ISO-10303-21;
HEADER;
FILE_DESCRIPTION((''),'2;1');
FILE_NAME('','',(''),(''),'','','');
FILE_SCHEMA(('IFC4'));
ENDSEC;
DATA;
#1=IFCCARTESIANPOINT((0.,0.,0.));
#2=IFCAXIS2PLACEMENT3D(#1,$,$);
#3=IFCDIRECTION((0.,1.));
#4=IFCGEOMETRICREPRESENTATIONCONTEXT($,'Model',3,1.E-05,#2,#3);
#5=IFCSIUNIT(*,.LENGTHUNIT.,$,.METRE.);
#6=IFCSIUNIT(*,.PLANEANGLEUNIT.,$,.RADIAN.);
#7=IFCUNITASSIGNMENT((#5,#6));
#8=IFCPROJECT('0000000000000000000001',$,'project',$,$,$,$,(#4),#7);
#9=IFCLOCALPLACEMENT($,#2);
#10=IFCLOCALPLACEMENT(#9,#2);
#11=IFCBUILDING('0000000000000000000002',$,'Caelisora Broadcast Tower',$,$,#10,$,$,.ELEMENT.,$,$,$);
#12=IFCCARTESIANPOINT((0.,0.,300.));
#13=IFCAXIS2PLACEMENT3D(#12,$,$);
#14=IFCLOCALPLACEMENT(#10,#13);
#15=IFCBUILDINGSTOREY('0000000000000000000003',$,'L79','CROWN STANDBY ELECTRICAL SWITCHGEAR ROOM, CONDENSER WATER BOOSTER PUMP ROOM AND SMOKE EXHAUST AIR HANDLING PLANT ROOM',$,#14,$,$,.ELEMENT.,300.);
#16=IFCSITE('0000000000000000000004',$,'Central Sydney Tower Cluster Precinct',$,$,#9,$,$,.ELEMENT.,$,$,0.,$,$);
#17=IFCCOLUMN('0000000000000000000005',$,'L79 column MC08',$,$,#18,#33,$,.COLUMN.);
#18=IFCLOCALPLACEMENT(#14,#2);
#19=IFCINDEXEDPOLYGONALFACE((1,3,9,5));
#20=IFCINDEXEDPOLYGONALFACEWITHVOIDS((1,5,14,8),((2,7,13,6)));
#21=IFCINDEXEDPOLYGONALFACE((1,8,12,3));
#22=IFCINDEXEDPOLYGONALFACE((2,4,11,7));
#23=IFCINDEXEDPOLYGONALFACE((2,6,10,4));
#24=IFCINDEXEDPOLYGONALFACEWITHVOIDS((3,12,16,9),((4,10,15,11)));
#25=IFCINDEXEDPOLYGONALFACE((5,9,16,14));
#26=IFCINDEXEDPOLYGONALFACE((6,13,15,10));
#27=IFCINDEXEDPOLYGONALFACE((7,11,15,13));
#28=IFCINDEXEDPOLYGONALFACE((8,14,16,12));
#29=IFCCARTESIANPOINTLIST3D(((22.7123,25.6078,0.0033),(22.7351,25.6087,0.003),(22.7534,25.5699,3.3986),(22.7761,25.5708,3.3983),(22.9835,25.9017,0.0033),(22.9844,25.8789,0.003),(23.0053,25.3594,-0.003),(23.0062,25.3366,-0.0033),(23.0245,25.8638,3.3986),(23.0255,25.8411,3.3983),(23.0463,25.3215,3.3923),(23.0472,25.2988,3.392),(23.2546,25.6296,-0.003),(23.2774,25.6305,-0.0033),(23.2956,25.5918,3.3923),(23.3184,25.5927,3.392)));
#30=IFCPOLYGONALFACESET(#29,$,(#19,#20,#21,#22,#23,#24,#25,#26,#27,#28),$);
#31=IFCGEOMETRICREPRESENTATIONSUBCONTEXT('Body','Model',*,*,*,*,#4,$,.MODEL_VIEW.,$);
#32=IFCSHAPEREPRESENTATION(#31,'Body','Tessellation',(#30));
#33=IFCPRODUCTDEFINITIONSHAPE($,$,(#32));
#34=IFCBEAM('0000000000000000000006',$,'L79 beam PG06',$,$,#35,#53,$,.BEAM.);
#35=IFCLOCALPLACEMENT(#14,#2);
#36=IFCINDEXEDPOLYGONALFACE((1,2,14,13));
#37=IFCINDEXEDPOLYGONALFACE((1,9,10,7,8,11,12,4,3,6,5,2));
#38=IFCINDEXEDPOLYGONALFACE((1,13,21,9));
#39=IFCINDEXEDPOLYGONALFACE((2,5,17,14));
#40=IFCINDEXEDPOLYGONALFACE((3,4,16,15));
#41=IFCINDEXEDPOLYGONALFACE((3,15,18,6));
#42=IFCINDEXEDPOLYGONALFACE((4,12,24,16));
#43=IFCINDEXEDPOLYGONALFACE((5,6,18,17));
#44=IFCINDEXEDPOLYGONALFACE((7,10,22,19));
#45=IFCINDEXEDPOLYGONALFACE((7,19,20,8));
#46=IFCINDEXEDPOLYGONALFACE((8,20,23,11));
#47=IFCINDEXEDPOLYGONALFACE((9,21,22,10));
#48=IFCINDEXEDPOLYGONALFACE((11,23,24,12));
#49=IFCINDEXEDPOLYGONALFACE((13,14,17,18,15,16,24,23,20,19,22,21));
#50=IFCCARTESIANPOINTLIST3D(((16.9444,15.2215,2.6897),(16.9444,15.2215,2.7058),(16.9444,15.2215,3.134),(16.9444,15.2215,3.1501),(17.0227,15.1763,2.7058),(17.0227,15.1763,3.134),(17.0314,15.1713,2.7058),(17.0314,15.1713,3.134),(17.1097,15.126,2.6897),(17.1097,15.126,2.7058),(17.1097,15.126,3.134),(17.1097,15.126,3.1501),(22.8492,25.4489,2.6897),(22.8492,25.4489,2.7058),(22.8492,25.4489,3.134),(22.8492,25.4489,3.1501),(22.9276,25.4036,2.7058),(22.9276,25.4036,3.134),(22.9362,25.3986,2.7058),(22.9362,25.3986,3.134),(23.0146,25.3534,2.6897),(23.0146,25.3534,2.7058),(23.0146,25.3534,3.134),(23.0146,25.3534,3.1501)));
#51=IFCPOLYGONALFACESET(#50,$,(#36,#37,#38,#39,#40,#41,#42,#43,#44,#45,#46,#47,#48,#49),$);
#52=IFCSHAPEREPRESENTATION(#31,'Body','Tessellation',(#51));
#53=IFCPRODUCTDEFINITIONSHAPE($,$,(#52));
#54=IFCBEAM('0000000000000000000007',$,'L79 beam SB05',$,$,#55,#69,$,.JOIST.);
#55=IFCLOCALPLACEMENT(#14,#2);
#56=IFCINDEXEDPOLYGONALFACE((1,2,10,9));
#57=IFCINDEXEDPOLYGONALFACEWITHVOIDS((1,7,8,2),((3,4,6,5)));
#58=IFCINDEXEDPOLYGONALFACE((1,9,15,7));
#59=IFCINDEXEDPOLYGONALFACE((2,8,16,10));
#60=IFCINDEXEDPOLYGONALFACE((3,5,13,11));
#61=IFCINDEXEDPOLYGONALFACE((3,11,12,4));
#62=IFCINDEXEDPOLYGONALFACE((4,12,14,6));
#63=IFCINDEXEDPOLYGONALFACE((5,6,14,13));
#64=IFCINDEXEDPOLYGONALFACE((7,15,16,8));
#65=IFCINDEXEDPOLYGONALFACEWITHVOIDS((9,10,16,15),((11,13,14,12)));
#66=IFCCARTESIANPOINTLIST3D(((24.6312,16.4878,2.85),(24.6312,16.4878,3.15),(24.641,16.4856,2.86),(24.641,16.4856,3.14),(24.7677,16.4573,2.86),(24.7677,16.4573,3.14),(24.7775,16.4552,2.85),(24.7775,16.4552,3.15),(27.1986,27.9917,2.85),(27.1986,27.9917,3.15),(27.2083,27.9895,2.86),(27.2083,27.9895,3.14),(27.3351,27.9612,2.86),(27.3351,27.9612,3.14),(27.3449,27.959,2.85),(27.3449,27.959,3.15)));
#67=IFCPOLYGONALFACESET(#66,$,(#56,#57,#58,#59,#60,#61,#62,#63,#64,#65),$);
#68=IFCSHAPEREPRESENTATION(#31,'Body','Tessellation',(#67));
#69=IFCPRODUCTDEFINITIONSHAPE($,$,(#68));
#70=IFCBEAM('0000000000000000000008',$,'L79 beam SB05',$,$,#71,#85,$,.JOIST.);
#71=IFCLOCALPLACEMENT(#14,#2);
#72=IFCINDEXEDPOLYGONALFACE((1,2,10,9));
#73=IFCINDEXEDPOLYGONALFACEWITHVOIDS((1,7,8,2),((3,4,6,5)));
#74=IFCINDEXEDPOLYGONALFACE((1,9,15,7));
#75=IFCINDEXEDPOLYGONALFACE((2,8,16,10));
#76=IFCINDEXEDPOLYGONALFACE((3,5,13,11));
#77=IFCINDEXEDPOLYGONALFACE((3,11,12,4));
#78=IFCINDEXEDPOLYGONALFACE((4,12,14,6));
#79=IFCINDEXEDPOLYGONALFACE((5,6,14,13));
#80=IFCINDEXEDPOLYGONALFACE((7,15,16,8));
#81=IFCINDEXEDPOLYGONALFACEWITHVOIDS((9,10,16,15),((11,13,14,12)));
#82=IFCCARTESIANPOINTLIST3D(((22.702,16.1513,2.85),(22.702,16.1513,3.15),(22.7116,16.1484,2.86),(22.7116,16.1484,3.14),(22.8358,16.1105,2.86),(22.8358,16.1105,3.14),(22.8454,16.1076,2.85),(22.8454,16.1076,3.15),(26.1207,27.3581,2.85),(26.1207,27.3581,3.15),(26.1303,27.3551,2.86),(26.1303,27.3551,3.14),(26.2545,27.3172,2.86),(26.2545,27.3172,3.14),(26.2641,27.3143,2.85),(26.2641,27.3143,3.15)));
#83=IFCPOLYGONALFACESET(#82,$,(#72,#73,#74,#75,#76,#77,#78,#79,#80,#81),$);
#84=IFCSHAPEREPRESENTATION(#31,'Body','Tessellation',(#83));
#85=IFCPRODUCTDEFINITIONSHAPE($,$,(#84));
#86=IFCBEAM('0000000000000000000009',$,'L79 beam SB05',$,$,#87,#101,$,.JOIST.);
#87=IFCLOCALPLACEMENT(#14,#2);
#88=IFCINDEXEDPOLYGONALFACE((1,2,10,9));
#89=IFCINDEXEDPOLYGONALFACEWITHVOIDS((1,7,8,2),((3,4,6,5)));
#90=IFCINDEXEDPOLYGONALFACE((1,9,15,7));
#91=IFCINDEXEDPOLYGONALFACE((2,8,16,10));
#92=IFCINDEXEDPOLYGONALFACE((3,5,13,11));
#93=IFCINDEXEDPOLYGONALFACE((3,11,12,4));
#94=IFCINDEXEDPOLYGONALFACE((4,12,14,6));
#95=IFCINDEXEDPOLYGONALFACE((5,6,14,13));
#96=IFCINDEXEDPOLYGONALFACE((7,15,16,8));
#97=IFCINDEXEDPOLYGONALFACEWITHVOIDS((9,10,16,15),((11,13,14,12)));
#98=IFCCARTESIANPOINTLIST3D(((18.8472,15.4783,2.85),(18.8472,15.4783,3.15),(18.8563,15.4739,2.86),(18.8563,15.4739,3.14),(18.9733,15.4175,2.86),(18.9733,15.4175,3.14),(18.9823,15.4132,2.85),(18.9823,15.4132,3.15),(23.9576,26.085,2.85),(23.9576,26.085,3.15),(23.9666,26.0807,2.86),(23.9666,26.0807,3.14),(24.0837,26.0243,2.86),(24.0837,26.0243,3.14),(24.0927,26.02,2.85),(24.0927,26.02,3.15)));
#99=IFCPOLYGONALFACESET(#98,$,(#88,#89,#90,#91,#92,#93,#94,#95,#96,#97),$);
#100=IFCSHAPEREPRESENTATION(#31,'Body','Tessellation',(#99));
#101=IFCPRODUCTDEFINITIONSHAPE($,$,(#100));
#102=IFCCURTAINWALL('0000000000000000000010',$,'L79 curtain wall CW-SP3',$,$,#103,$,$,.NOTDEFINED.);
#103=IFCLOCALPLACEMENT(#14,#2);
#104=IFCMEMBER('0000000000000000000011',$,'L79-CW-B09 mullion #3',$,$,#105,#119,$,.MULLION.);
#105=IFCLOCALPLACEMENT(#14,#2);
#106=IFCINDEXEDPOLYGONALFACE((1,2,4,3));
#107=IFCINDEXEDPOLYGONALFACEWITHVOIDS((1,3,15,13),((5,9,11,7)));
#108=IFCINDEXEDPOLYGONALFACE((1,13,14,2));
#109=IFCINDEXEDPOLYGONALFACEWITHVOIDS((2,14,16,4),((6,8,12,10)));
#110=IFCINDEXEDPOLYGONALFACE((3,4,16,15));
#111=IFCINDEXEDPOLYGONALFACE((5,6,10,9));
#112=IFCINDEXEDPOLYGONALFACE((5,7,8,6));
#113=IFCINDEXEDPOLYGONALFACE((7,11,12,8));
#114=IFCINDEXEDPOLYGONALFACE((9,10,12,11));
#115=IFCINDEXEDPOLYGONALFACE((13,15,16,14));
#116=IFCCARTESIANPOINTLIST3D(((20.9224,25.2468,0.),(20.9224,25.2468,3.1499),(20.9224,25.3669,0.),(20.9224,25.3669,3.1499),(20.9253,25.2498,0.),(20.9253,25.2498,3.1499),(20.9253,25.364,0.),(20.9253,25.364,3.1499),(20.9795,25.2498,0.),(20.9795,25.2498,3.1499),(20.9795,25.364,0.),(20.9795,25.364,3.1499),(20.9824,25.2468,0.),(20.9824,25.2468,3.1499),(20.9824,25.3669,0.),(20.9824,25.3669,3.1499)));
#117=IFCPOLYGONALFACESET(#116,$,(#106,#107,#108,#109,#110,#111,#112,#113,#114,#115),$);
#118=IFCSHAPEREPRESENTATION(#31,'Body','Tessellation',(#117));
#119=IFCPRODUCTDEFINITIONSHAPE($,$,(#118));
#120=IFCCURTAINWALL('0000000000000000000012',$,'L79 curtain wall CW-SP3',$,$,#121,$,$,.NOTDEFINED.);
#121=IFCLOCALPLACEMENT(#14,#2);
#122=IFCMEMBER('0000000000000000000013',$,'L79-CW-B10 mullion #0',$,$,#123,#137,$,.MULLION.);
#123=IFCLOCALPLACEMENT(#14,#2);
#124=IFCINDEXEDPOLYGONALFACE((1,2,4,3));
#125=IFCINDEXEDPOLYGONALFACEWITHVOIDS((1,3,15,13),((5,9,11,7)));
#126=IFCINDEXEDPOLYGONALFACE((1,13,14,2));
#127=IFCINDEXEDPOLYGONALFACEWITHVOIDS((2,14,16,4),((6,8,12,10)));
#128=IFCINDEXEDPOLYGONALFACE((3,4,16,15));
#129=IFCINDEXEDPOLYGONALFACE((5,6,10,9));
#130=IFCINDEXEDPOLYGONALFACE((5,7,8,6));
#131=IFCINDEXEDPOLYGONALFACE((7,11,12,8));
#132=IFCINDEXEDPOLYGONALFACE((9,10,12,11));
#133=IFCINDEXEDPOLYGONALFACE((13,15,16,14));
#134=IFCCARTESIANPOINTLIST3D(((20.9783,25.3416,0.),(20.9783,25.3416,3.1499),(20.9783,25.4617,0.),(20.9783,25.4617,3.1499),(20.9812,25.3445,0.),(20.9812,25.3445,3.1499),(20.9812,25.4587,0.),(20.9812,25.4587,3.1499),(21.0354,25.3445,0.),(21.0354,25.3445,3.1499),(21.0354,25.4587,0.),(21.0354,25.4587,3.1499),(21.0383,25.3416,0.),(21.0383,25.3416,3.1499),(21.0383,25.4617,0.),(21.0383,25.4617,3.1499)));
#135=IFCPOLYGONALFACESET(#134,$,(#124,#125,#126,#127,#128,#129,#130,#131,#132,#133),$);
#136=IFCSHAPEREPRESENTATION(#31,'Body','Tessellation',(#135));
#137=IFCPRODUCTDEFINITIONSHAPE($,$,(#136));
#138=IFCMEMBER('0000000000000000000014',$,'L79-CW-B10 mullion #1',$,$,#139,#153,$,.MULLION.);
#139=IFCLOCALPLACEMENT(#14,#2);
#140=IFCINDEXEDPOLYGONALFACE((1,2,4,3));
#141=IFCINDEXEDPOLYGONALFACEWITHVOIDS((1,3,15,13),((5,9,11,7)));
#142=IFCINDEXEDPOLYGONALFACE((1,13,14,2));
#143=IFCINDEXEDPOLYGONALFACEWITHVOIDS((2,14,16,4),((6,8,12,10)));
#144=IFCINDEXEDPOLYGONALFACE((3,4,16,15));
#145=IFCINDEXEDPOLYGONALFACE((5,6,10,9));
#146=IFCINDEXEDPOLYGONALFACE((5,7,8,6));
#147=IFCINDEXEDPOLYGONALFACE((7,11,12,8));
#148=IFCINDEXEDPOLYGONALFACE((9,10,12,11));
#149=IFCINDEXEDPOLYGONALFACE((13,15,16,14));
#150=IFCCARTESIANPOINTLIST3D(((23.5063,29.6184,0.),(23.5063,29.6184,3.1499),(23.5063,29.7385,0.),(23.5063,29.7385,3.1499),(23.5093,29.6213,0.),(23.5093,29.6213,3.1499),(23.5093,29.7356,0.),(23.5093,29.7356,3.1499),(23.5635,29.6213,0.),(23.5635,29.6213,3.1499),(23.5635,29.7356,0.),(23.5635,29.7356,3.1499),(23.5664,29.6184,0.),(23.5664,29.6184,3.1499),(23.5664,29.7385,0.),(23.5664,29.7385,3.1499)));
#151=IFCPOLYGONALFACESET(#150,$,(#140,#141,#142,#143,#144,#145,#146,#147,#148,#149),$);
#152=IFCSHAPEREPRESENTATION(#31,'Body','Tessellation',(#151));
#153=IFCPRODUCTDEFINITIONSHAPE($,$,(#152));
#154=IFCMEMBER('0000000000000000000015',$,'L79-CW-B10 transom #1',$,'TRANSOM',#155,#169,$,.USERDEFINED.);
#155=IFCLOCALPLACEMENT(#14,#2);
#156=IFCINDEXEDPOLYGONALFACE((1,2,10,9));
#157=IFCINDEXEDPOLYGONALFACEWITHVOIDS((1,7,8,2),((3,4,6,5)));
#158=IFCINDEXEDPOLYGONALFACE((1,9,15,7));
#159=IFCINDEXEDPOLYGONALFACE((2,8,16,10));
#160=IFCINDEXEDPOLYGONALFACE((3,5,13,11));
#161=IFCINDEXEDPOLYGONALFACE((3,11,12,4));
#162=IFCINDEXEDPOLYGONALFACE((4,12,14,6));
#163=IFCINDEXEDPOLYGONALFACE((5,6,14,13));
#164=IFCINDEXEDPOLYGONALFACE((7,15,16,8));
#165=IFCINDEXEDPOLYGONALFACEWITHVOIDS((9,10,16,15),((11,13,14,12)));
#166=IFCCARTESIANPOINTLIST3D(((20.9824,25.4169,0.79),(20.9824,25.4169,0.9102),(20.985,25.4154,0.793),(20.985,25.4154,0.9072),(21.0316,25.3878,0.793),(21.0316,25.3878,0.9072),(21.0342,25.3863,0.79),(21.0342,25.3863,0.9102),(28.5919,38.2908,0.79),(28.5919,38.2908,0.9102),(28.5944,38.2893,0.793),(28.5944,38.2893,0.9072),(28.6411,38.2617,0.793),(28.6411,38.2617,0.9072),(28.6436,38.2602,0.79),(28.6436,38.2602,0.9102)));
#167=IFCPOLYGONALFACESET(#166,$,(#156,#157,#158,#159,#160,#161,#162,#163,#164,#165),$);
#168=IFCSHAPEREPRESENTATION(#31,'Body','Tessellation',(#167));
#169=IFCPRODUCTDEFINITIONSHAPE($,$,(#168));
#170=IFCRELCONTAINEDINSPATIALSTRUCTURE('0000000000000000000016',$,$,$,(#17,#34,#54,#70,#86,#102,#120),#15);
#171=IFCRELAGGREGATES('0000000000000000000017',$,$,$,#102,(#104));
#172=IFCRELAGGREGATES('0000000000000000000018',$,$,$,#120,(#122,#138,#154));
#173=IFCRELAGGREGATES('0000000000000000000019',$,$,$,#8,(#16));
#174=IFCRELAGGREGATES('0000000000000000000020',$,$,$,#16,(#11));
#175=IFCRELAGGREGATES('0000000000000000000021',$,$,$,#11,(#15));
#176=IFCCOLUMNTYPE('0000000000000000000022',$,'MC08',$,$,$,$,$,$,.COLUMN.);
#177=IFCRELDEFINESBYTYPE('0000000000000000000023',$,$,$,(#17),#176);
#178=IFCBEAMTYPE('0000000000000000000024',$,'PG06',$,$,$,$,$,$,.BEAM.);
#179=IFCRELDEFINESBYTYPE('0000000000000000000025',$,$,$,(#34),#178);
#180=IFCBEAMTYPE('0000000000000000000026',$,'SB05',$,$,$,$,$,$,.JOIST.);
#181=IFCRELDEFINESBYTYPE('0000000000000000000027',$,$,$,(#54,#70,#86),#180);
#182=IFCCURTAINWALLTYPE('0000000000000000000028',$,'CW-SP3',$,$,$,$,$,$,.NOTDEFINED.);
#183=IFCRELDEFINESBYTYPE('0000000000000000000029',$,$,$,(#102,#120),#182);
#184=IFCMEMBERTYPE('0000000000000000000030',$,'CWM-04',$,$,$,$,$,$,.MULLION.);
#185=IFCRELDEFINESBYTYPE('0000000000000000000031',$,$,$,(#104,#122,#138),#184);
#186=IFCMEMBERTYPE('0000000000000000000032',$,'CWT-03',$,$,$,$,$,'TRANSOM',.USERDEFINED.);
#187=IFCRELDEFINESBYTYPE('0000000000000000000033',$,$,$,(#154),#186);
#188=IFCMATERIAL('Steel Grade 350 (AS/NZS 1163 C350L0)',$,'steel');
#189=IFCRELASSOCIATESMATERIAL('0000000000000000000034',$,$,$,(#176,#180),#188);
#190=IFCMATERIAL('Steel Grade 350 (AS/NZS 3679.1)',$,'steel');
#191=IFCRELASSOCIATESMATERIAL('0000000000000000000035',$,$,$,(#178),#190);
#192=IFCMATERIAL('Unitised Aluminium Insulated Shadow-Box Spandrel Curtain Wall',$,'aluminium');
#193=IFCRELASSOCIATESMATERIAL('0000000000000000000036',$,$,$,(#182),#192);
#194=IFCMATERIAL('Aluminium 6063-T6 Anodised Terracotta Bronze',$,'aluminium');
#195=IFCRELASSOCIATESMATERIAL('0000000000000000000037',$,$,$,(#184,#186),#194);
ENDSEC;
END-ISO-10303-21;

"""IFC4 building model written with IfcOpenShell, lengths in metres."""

from ifc_helpers import new_model, si_unit, direction, frame, origin, origin_2d, place, context, subcontext, project, spatial, hollow_rectangle, i_section, extrude, source, transform, mapped, material, material_profile, profile_set, type_object, type_shapes, element, aggregate, save


model = new_model("IFC4")

# Units and contexts
model_context = context("Model", 3, precision=1e-05, world=origin(), true_north=direction((0.0, 1.0)))
body_context = subcontext(model_context, "Body", "Model", "MODEL_VIEW")
ifc_project = project(units=[si_unit("LENGTHUNIT", "METRE"), si_unit("PLANEANGLEUNIT", "RADIAN")], contexts=[model_context])

# Site, building, storey
site_placement = place(None, origin())
site = spatial("IfcSite", under=ifc_project, at=site_placement, Name="Central Sydney Tower Cluster Precinct", CompositionType="ELEMENT", RefElevation=0.0)
building_placement = place(site_placement, origin())
building = spatial("IfcBuilding", under=site, at=building_placement, Name="Caelisora Broadcast Tower", CompositionType="ELEMENT")
storey_placement = place(building_placement, frame((0.0, 0.0, 300.0)))
storey = spatial("IfcBuildingStorey", under=building, at=storey_placement, Name="L79", Description="CROWN STANDBY ELECTRICAL SWITCHGEAR ROOM, CONDENSER WATER BOOSTER PUMP ROOM AND SMOKE EXHAUST AIR HANDLING PLANT ROOM", CompositionType="ELEMENT", Elevation=300.0)

# Column
ifc_material_1 = material(Name="Steel Grade 350 (AS/NZS 1163 C350L0)", Category="steel")
ifc_material_profile_1 = material_profile(ifc_material_1, hollow_rectangle(XDim=0.3999, YDim=0.3999, WallThickness=0.0161, at=origin_2d()), Name="Steel Grade 350 (AS/NZS 1163 C350L0)")
ifc_profile_set_1 = profile_set([ifc_material_profile_1], Name="Steel Grade 350 (AS/NZS 1163 C350L0)")
column_type = type_object("IfcColumnType", Name="MC08", PredefinedType="COLUMN", material=ifc_profile_set_1)
shared_shape_1 = source(origin(), body_context, "Body", "SweptSolid", [
    extrude(hollow_rectangle(XDim=0.3999, YDim=0.3999, WallThickness=0.0161, at=origin_2d()), origin(), (0.0, 0.0, 1.0), 3.3958),
])
type_shapes(column_type, [shared_shape_1])
column_placement = place(storey_placement, frame((22.9949, 25.6191, 0.0), z_axis=(0.012079, -0.011144, 0.999865), x_axis=(0.678098, 0.734971, 0.0)))
element("IfcColumn", 1, at=column_placement, inside=storey, type_object=column_type, Name="L79 column MC08", PredefinedType="COLUMN", context=body_context, shape_type="MappedRepresentation", body=[
    mapped(shared_shape_1, transform((0.0, 0.0, 0.0), scale=1.0)),
])

# Beams
ifc_material_2 = material(Name="Steel Grade 350 (AS/NZS 3679.1)", Category="steel")
ifc_material_profile_2 = material_profile(ifc_material_2, i_section(OverallWidth=0.1909, OverallDepth=0.4604, WebThickness=0.01, FlangeThickness=0.0161, at=origin_2d()), Name="Steel Grade 350 (AS/NZS 3679.1)")
ifc_profile_set_2 = profile_set([ifc_material_profile_2], Name="Steel Grade 350 (AS/NZS 3679.1)")
beam_type_1 = type_object("IfcBeamType", Name="PG06", PredefinedType="BEAM", material=ifc_profile_set_2)
shared_shape_2 = source(origin(), body_context, "Body", "SweptSolid", [
    extrude(i_section(OverallWidth=0.1909, OverallDepth=0.4604, WebThickness=0.01, FlangeThickness=0.0161, at=origin_2d()), origin(), (0.0, 0.0, 1.0), 11.8096),
])
type_shapes(beam_type_1, [shared_shape_2])
beam_1_placement = place(storey_placement, frame((22.9319, 25.4011, 2.9199), z_axis=(-0.500003, -0.866023, 0.0), x_axis=(0.866023, -0.500003, 0.0)))
element("IfcBeam", 2, at=beam_1_placement, inside=storey, type_object=beam_type_1, Name="L79 beam PG06", PredefinedType="BEAM", context=body_context, shape_type="MappedRepresentation", body=[
    mapped(shared_shape_2, transform((0.0, 0.0, 0.0), scale=1.0)),
])
ifc_material_profile_3 = material_profile(ifc_material_1, hollow_rectangle(XDim=0.1499, YDim=0.3, WallThickness=0.01, at=origin_2d()), Name="Steel Grade 350 (AS/NZS 1163 C350L0)")
ifc_profile_set_3 = profile_set([ifc_material_profile_3], Name="Steel Grade 350 (AS/NZS 1163 C350L0)")
beam_type_2 = type_object("IfcBeamType", Name="SB05", PredefinedType="JOIST", material=ifc_profile_set_3)
shared_shape_3 = source(origin(), body_context, "Body", "SweptSolid", [
    extrude(hollow_rectangle(XDim=0.1499, YDim=0.3, WallThickness=0.01, at=origin_2d()), origin(), (0.0, 0.0, 1.0), 11.7869),
])
beam_2_placement = place(storey_placement, frame((27.2717, 27.9753, 3.0), z_axis=(-0.217816, -0.97599, 0.0), x_axis=(0.97599, -0.217816, 0.0)))
element("IfcBeam", 3, at=beam_2_placement, inside=storey, type_object=beam_type_2, Name="L79 beam SB05", PredefinedType="JOIST", context=body_context, shape_type="MappedRepresentation", body=[
    mapped(shared_shape_3, transform((0.0, 0.0, 0.0), scale=1.0)),
])
shared_shape_4 = source(origin(), body_context, "Body", "SweptSolid", [
    extrude(hollow_rectangle(XDim=0.1499, YDim=0.3, WallThickness=0.01, at=origin_2d()), origin(), (0.0, 0.0, 1.0), 11.7166),
])
beam_3_placement = place(storey_placement, frame((26.1924, 27.3362, 3.0), z_axis=(-0.291782, -0.956485, 0.0), x_axis=(0.956485, -0.291782, 0.0)))
element("IfcBeam", 4, at=beam_3_placement, inside=storey, type_object=beam_type_2, Name="L79 beam SB05", PredefinedType="JOIST", context=body_context, shape_type="MappedRepresentation", body=[
    mapped(shared_shape_4, transform((0.0, 0.0, 0.0), scale=1.0)),
])
shared_shape_5 = source(origin(), body_context, "Body", "SweptSolid", [
    extrude(hollow_rectangle(XDim=0.1499, YDim=0.3, WallThickness=0.01, at=origin_2d()), origin(), (0.0, 0.0, 1.0), 11.7737),
])
type_shapes(beam_type_2, [shared_shape_3, shared_shape_4, shared_shape_5])
beam_4_placement = place(storey_placement, frame((24.0251, 26.0525, 3.0), z_axis=(-0.434052, -0.900888, 0.0), x_axis=(0.900888, -0.434052, 0.0)))
element("IfcBeam", 5, at=beam_4_placement, inside=storey, type_object=beam_type_2, Name="L79 beam SB05", PredefinedType="JOIST", context=body_context, shape_type="MappedRepresentation", body=[
    mapped(shared_shape_5, transform((0.0, 0.0, 0.0), scale=1.0)),
])

# Curtain wall, member
ifc_material_3 = material(Name="Unitised Aluminium Insulated Shadow-Box Spandrel Curtain Wall", Category="aluminium")
curtain_wall_type = type_object("IfcCurtainWallType", Name="CW-SP3", PredefinedType="NOTDEFINED", material=ifc_material_3)
curtain_wall_1_placement = place(storey_placement, origin())
curtain_wall_1 = element("IfcCurtainWall", 6, at=curtain_wall_1_placement, inside=storey, type_object=curtain_wall_type, Name="L79 curtain wall CW-SP3", PredefinedType="NOTDEFINED")
ifc_material_4 = material(Name="Aluminium 6063-T6 Anodised Terracotta Bronze", Category="aluminium")
ifc_material_profile_4 = material_profile(ifc_material_4, hollow_rectangle(XDim=0.0601, YDim=0.1201, WallThickness=0.0029, at=origin_2d()), Name="Aluminium 6063-T6 Anodised Terracotta Bronze")
ifc_profile_set_4 = profile_set([ifc_material_profile_4], Name="Aluminium 6063-T6 Anodised Terracotta Bronze")
member_type_1 = type_object("IfcMemberType", Name="CWM-04", PredefinedType="MULLION", material=ifc_profile_set_4)
shared_shape_6 = source(origin(), body_context, "Body", "SweptSolid", [
    extrude(hollow_rectangle(XDim=0.0601, YDim=0.1201, WallThickness=0.0029, at=origin_2d()), origin(), (0.0, 0.0, 1.0), 3.1499),
])
type_shapes(member_type_1, [shared_shape_6])
member_1_placement = place(storey_placement, frame((20.9524, 25.3069, 0.0), z_axis=(0.0, 0.0, 1.0), x_axis=(1.0, 0.0, 0.0)))
member_1 = element("IfcMember", 7, at=member_1_placement, type_object=member_type_1, Name="L79-CW-B09 mullion #3", PredefinedType="MULLION", context=body_context, shape_type="MappedRepresentation", body=[
    mapped(shared_shape_6, transform((0.0, 0.0, 0.0), scale=1.0)),
])

# Curtain wall, members
curtain_wall_2_placement = place(storey_placement, origin())
curtain_wall_2 = element("IfcCurtainWall", 8, at=curtain_wall_2_placement, inside=storey, type_object=curtain_wall_type, Name="L79 curtain wall CW-SP3", PredefinedType="NOTDEFINED")
member_2_placement = place(storey_placement, frame((21.0083, 25.4016, 0.0), z_axis=(0.0, 0.0, 1.0), x_axis=(1.0, 0.0, 0.0)))
member_2 = element("IfcMember", 9, at=member_2_placement, type_object=member_type_1, Name="L79-CW-B10 mullion #0", PredefinedType="MULLION", context=body_context, shape_type="MappedRepresentation", body=[
    mapped(shared_shape_6, transform((0.0, 0.0, 0.0), scale=1.0)),
])
member_3_placement = place(storey_placement, frame((23.5364, 29.6785, 0.0), z_axis=(0.0, 0.0, 1.0), x_axis=(1.0, 0.0, 0.0)))
member_3 = element("IfcMember", 10, at=member_3_placement, type_object=member_type_1, Name="L79-CW-B10 mullion #1", PredefinedType="MULLION", context=body_context, shape_type="MappedRepresentation", body=[
    mapped(shared_shape_6, transform((0.0, 0.0, 0.0), scale=1.0)),
])
ifc_material_profile_5 = material_profile(ifc_material_4, hollow_rectangle(XDim=0.0601, YDim=0.1201, WallThickness=0.0029, at=origin_2d()), Name="Aluminium 6063-T6 Anodised Terracotta Bronze")
ifc_profile_set_5 = profile_set([ifc_material_profile_5], Name="Aluminium 6063-T6 Anodised Terracotta Bronze")
member_type_2 = type_object("IfcMemberType", Name="CWT-03", ElementType="TRANSOM", PredefinedType="USERDEFINED", material=ifc_profile_set_5)
shared_shape_7 = source(origin(), body_context, "Body", "SweptSolid", [
    extrude(hollow_rectangle(XDim=0.0601, YDim=0.1201, WallThickness=0.0029, at=origin_2d()), origin(), (0.0, 0.0, 1.0), 14.9546),
])
type_shapes(member_type_2, [shared_shape_7])
member_4_placement = place(storey_placement, frame((21.0083, 25.4016, 0.8501), z_axis=(0.508835, 0.860864, 0.0), x_axis=(-0.860864, 0.508835, 0.0)))
member_4 = element("IfcMember", 11, at=member_4_placement, type_object=member_type_2, Name="L79-CW-B10 transom #1", ObjectType="TRANSOM", PredefinedType="USERDEFINED", context=body_context, shape_type="MappedRepresentation", body=[
    mapped(shared_shape_7, transform((0.0, 0.0, 0.0), scale=1.0)),
])

aggregate(curtain_wall_1, [member_1])
aggregate(curtain_wall_2, [member_2, member_3, member_4])

save(model, "model.ifc")
